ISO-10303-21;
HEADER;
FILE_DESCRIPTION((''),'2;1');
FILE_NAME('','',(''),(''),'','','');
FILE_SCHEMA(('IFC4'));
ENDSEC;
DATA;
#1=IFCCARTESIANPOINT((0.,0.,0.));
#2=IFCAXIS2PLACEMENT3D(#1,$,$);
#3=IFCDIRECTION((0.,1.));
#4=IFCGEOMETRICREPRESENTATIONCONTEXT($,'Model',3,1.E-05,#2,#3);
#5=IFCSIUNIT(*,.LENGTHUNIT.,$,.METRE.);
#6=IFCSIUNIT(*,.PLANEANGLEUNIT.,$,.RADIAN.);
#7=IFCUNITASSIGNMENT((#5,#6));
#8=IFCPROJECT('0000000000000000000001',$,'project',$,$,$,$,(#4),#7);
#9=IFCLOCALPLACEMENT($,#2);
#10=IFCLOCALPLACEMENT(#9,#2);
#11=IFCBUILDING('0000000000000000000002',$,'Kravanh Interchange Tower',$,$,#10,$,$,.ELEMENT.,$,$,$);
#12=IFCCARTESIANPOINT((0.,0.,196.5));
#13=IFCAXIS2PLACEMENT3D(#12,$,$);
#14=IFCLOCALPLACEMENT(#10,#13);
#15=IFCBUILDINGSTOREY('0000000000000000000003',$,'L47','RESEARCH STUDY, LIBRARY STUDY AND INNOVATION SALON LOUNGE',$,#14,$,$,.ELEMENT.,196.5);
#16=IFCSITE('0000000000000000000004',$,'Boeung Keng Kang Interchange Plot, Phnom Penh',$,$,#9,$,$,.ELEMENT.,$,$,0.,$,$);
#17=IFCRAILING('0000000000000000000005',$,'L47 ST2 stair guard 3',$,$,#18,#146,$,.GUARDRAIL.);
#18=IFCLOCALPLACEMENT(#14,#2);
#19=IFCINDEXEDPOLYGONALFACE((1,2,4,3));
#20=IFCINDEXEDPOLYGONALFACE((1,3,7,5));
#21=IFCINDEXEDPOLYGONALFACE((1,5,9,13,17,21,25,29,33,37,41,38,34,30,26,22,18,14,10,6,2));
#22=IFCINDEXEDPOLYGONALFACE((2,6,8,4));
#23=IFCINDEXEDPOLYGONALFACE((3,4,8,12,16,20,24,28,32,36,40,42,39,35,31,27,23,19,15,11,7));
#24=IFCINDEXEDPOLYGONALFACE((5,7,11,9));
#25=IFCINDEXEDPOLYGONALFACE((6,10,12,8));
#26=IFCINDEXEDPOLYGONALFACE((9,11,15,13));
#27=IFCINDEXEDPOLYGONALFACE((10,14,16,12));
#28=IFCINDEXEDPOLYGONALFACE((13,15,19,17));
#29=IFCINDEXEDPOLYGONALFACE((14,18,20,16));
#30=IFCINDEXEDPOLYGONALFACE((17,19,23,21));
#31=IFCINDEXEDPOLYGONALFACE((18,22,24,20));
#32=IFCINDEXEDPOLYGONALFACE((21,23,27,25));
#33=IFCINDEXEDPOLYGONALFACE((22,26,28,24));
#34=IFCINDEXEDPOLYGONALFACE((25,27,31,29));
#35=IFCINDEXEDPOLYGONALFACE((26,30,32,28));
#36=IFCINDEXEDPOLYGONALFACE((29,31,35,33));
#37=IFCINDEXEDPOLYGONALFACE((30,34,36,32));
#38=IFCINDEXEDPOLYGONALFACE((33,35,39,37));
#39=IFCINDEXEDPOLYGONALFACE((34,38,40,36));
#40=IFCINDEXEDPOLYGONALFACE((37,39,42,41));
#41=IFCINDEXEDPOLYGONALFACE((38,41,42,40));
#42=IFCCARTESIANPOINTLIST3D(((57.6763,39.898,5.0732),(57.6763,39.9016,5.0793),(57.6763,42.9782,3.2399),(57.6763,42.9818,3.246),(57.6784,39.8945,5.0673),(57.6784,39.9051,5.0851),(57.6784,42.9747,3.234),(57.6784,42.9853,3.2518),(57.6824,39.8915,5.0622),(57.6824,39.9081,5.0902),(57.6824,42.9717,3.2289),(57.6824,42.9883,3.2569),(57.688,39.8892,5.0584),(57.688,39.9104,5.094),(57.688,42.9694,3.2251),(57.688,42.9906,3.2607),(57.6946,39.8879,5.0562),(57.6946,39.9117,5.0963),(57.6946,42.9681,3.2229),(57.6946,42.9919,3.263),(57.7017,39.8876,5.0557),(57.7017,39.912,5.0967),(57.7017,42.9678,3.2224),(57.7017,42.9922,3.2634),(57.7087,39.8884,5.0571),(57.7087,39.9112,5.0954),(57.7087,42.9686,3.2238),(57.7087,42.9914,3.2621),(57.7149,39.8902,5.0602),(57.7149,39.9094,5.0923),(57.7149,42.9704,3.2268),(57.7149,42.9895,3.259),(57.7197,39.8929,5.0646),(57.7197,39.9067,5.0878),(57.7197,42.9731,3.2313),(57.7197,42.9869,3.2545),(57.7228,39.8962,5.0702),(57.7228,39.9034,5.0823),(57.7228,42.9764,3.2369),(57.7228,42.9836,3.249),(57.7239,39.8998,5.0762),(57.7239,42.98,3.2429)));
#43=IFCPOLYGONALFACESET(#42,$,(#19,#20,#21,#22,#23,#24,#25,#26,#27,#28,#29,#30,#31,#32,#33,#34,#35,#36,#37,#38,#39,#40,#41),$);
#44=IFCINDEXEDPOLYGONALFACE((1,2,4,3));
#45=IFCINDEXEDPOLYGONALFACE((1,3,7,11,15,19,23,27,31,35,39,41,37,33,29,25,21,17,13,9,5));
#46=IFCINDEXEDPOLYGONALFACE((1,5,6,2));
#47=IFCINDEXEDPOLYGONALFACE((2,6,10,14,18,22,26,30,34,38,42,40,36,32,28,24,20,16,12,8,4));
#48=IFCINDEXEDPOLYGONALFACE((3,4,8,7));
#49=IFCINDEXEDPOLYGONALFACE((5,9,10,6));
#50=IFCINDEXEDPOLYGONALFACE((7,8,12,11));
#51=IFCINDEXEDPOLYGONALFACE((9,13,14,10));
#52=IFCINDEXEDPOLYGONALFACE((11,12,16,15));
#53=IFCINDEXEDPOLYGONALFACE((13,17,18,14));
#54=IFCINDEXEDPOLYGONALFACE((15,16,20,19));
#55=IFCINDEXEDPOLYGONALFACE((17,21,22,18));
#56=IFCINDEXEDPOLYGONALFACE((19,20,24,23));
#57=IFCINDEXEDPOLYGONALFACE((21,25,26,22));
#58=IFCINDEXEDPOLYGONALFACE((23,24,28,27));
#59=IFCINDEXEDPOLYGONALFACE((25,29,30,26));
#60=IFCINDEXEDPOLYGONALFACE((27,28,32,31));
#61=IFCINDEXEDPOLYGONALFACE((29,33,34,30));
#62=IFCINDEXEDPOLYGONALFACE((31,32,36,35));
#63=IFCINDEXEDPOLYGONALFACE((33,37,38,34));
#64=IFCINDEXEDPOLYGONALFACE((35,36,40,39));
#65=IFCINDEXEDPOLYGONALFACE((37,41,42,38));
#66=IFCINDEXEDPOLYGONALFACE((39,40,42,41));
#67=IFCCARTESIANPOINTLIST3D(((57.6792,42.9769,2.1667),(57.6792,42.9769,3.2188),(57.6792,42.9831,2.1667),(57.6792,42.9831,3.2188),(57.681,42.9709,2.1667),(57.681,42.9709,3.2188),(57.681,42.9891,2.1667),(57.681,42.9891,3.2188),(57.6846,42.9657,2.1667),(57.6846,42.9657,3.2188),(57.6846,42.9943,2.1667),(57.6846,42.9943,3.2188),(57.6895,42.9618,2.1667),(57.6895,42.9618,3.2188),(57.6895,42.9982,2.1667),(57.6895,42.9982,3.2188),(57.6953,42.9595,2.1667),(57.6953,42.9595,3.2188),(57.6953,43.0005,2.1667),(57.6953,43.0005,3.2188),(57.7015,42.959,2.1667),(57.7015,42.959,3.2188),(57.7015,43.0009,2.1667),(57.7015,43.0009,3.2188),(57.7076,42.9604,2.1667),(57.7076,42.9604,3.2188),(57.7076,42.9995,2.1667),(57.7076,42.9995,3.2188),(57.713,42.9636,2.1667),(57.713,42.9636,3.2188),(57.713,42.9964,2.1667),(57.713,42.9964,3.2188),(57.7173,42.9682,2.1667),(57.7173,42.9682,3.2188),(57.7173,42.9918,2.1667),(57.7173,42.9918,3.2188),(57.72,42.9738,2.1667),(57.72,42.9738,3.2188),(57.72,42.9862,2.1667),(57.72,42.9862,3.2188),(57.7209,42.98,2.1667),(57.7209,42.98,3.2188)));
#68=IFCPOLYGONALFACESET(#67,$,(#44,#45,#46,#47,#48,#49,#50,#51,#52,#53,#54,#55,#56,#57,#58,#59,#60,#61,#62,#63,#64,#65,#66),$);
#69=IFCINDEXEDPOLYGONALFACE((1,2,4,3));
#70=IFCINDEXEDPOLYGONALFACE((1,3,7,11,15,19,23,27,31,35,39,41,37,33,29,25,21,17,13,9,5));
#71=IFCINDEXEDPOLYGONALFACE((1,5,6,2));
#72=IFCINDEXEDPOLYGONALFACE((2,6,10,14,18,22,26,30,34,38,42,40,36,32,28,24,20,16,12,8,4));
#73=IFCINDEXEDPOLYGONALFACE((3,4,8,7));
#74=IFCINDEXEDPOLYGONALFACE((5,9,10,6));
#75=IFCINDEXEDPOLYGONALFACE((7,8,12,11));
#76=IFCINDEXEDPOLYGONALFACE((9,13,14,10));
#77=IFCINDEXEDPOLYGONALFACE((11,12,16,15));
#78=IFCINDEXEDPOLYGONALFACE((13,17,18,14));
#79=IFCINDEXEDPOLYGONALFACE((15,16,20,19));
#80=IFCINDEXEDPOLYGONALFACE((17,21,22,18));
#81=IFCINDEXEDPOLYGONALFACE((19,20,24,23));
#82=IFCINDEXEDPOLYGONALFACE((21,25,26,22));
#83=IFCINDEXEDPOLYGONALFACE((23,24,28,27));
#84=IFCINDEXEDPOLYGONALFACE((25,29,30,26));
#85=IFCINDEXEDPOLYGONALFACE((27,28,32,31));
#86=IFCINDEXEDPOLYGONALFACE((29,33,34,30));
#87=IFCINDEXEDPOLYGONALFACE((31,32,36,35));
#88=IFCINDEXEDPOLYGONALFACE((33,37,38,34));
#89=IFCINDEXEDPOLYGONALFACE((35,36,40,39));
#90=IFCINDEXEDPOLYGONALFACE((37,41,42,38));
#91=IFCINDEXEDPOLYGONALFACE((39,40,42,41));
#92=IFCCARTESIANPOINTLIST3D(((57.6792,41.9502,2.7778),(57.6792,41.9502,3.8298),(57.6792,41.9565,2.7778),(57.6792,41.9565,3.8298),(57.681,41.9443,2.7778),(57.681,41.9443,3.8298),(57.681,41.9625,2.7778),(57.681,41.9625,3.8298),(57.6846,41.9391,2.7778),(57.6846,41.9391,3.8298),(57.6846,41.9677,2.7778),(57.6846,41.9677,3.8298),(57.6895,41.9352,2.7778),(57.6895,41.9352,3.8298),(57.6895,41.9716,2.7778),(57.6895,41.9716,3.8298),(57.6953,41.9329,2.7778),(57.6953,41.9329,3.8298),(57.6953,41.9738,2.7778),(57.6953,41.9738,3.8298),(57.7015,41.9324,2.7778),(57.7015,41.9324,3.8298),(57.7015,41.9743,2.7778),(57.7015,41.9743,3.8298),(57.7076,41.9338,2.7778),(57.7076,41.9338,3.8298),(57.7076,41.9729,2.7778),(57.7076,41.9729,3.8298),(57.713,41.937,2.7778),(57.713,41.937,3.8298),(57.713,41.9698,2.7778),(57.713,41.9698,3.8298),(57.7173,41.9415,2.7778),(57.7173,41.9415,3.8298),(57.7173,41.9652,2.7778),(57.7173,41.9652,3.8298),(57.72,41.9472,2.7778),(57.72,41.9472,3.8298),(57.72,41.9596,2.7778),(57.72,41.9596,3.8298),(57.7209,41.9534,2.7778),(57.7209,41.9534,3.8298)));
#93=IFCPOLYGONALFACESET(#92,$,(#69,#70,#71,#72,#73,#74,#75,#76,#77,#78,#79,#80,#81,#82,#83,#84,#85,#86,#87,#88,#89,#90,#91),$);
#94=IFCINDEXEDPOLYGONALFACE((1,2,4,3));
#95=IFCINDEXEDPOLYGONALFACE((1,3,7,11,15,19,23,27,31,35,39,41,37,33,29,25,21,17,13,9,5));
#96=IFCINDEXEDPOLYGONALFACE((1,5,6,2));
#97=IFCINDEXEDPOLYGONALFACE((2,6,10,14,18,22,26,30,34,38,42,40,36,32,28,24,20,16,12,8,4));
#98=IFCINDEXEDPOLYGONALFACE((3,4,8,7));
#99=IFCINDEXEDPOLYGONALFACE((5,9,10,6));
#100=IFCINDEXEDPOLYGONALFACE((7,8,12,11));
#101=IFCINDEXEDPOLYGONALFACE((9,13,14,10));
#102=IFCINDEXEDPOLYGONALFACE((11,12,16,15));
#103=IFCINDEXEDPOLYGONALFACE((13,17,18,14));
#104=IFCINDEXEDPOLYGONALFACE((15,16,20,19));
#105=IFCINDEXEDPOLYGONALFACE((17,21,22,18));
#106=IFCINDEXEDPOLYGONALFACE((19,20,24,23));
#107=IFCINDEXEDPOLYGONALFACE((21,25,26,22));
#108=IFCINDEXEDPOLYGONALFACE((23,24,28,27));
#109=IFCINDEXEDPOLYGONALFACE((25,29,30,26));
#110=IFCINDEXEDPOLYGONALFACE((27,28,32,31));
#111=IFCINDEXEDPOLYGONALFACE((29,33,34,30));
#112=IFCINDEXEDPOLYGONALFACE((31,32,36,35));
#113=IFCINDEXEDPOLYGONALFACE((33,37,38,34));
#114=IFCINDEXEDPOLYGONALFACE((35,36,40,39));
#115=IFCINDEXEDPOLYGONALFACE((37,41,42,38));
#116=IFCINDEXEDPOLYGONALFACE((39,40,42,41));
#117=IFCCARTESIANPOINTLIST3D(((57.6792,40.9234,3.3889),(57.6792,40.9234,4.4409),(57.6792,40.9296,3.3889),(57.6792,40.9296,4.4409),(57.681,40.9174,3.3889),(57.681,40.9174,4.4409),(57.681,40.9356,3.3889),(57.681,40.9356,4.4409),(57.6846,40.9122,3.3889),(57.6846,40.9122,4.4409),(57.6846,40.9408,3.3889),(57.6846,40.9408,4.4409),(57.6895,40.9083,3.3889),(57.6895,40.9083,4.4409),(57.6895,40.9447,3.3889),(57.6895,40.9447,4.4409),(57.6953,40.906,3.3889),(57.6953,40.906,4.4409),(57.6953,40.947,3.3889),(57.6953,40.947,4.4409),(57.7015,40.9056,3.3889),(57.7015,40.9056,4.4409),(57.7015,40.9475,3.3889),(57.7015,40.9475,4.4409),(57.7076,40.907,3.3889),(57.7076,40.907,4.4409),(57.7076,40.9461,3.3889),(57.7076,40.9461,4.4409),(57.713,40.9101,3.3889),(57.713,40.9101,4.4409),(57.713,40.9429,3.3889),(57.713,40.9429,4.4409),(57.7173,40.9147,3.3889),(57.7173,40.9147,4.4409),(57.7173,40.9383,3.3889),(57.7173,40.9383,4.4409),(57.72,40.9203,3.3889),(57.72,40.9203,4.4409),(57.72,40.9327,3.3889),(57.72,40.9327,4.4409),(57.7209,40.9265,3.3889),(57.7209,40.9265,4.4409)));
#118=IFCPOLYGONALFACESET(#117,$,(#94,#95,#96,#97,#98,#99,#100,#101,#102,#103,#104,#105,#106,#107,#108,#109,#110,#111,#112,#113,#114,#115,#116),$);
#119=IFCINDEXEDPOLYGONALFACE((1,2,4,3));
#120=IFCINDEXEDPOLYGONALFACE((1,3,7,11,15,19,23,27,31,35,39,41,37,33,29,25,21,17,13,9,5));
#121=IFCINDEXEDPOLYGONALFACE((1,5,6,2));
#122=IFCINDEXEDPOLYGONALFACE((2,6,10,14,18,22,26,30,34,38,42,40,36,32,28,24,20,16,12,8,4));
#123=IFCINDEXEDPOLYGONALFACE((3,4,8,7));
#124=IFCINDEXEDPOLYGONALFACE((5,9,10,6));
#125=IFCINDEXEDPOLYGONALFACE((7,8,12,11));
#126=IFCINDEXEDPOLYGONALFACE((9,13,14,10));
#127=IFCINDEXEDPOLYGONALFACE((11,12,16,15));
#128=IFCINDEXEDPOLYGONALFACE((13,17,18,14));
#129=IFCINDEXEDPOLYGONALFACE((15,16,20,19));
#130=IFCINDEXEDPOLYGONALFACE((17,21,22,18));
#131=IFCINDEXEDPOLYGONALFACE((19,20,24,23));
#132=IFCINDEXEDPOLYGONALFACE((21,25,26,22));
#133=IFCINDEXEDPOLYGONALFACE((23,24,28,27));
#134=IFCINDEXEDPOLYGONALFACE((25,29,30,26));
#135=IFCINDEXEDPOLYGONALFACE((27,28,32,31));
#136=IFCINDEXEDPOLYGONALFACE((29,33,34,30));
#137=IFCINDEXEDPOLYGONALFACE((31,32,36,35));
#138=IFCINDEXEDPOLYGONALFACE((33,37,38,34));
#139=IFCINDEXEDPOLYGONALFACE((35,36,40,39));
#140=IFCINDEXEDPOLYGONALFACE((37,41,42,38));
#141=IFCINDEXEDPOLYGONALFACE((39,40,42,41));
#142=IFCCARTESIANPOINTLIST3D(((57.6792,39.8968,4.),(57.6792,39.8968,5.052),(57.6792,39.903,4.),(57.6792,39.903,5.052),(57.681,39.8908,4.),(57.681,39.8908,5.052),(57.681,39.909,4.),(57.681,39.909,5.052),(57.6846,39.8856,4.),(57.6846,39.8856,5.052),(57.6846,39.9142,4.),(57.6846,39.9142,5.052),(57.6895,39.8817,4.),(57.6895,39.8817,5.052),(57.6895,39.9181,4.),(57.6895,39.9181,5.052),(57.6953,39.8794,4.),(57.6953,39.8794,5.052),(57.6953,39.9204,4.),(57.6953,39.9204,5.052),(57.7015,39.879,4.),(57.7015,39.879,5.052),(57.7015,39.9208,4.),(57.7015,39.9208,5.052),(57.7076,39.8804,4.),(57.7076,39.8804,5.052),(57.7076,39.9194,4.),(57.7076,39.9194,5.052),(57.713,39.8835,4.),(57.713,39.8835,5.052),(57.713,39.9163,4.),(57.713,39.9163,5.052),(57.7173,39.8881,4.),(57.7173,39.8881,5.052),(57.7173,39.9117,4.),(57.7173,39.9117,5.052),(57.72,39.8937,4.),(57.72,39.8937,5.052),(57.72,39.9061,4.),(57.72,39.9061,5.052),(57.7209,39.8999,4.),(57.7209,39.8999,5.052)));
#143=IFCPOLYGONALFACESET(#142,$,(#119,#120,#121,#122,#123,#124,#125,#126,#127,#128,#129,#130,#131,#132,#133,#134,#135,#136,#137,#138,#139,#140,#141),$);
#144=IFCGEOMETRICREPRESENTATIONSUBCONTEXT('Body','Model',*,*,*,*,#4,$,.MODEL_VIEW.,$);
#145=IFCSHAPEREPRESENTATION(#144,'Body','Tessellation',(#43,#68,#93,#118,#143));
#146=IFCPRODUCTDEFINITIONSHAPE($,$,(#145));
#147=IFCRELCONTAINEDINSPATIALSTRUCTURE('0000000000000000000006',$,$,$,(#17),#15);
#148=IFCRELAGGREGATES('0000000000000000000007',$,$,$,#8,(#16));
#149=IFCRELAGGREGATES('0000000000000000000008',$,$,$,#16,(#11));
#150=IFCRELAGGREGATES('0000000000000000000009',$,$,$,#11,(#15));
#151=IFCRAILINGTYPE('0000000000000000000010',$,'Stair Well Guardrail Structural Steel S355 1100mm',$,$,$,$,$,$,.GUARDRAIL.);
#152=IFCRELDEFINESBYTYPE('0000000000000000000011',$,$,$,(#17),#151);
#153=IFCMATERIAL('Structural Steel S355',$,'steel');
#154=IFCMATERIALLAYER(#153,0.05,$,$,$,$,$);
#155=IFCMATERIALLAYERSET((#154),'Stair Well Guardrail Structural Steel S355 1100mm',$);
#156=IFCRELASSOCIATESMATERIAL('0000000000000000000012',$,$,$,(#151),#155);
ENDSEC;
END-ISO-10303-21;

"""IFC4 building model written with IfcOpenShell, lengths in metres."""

from ifc_helpers import new_model, si_unit, direction, frame, origin, origin_2d, place, context, subcontext, project, spatial, circle, extrude, material, layer, layer_set, type_object, element, save


model = new_model("IFC4")

# Units and contexts
model_context = context("Model", 3, precision=1e-05, world=origin(), true_north=direction((0.0, 1.0)))
body_context = subcontext(model_context, "Body", "Model", "MODEL_VIEW")
ifc_project = project(units=[si_unit("LENGTHUNIT", "METRE"), si_unit("PLANEANGLEUNIT", "RADIAN")], contexts=[model_context])

# Site, building, storey
site_placement = place(None, origin())
site = spatial("IfcSite", under=ifc_project, at=site_placement, Name="Boeung Keng Kang Interchange Plot, Phnom Penh", CompositionType="ELEMENT", RefElevation=0.0)
building_placement = place(site_placement, origin())
building = spatial("IfcBuilding", under=site, at=building_placement, Name="Kravanh Interchange Tower", CompositionType="ELEMENT")
storey_placement = place(building_placement, frame((0.0, 0.0, 196.5)))
storey = spatial("IfcBuildingStorey", under=building, at=storey_placement, Name="L47", Description="RESEARCH STUDY, LIBRARY STUDY AND INNOVATION SALON LOUNGE", CompositionType="ELEMENT", Elevation=196.5)

# Railing
ifc_material_1 = material(Name="Structural Steel S355", Category="steel")
ifc_layer_1 = layer(ifc_material_1, 0.05)
ifc_layer_set_1 = layer_set([ifc_layer_1], Name="Stair Well Guardrail Structural Steel S355 1100mm")
railing_type_1 = type_object("IfcRailingType", Name="Stair Well Guardrail Structural Steel S355 1100mm", PredefinedType="GUARDRAIL", material=ifc_layer_set_1)
railing_1_placement = place(storey_placement, frame((57.7, 42.98, 2.1667)))
element("IfcRailing", 1, at=railing_1_placement, inside=storey, type_object=railing_type_1, Name="L47 ST2 stair guard 3", PredefinedType="GUARDRAIL", context=body_context, shape_type="SweptSolid", body=[
    extrude(circle(Radius=0.0239, at=origin_2d()), frame((0.0, 0.0, 1.0762), z_axis=(0.0, -0.859309, 0.511458), x_axis=(1.0, 0.0, 0.0)), (0.0, 0.0, 1.0), 3.5845),
    extrude(circle(Radius=0.021, at=origin_2d()), origin(), (0.0, 0.0, 1.0), 1.052),
    extrude(circle(Radius=0.021, at=origin_2d()), frame((0.0, -1.0266, 0.6111)), (0.0, 0.0, 1.0), 1.052),
    extrude(circle(Radius=0.021, at=origin_2d()), frame((0.0, -2.0535, 1.2222)), (0.0, 0.0, 1.0), 1.052),
    extrude(circle(Radius=0.021, at=origin_2d()), frame((0.0, -3.0801, 1.8333)), (0.0, 0.0, 1.0), 1.052),
])

save(model, "model.ifc")
